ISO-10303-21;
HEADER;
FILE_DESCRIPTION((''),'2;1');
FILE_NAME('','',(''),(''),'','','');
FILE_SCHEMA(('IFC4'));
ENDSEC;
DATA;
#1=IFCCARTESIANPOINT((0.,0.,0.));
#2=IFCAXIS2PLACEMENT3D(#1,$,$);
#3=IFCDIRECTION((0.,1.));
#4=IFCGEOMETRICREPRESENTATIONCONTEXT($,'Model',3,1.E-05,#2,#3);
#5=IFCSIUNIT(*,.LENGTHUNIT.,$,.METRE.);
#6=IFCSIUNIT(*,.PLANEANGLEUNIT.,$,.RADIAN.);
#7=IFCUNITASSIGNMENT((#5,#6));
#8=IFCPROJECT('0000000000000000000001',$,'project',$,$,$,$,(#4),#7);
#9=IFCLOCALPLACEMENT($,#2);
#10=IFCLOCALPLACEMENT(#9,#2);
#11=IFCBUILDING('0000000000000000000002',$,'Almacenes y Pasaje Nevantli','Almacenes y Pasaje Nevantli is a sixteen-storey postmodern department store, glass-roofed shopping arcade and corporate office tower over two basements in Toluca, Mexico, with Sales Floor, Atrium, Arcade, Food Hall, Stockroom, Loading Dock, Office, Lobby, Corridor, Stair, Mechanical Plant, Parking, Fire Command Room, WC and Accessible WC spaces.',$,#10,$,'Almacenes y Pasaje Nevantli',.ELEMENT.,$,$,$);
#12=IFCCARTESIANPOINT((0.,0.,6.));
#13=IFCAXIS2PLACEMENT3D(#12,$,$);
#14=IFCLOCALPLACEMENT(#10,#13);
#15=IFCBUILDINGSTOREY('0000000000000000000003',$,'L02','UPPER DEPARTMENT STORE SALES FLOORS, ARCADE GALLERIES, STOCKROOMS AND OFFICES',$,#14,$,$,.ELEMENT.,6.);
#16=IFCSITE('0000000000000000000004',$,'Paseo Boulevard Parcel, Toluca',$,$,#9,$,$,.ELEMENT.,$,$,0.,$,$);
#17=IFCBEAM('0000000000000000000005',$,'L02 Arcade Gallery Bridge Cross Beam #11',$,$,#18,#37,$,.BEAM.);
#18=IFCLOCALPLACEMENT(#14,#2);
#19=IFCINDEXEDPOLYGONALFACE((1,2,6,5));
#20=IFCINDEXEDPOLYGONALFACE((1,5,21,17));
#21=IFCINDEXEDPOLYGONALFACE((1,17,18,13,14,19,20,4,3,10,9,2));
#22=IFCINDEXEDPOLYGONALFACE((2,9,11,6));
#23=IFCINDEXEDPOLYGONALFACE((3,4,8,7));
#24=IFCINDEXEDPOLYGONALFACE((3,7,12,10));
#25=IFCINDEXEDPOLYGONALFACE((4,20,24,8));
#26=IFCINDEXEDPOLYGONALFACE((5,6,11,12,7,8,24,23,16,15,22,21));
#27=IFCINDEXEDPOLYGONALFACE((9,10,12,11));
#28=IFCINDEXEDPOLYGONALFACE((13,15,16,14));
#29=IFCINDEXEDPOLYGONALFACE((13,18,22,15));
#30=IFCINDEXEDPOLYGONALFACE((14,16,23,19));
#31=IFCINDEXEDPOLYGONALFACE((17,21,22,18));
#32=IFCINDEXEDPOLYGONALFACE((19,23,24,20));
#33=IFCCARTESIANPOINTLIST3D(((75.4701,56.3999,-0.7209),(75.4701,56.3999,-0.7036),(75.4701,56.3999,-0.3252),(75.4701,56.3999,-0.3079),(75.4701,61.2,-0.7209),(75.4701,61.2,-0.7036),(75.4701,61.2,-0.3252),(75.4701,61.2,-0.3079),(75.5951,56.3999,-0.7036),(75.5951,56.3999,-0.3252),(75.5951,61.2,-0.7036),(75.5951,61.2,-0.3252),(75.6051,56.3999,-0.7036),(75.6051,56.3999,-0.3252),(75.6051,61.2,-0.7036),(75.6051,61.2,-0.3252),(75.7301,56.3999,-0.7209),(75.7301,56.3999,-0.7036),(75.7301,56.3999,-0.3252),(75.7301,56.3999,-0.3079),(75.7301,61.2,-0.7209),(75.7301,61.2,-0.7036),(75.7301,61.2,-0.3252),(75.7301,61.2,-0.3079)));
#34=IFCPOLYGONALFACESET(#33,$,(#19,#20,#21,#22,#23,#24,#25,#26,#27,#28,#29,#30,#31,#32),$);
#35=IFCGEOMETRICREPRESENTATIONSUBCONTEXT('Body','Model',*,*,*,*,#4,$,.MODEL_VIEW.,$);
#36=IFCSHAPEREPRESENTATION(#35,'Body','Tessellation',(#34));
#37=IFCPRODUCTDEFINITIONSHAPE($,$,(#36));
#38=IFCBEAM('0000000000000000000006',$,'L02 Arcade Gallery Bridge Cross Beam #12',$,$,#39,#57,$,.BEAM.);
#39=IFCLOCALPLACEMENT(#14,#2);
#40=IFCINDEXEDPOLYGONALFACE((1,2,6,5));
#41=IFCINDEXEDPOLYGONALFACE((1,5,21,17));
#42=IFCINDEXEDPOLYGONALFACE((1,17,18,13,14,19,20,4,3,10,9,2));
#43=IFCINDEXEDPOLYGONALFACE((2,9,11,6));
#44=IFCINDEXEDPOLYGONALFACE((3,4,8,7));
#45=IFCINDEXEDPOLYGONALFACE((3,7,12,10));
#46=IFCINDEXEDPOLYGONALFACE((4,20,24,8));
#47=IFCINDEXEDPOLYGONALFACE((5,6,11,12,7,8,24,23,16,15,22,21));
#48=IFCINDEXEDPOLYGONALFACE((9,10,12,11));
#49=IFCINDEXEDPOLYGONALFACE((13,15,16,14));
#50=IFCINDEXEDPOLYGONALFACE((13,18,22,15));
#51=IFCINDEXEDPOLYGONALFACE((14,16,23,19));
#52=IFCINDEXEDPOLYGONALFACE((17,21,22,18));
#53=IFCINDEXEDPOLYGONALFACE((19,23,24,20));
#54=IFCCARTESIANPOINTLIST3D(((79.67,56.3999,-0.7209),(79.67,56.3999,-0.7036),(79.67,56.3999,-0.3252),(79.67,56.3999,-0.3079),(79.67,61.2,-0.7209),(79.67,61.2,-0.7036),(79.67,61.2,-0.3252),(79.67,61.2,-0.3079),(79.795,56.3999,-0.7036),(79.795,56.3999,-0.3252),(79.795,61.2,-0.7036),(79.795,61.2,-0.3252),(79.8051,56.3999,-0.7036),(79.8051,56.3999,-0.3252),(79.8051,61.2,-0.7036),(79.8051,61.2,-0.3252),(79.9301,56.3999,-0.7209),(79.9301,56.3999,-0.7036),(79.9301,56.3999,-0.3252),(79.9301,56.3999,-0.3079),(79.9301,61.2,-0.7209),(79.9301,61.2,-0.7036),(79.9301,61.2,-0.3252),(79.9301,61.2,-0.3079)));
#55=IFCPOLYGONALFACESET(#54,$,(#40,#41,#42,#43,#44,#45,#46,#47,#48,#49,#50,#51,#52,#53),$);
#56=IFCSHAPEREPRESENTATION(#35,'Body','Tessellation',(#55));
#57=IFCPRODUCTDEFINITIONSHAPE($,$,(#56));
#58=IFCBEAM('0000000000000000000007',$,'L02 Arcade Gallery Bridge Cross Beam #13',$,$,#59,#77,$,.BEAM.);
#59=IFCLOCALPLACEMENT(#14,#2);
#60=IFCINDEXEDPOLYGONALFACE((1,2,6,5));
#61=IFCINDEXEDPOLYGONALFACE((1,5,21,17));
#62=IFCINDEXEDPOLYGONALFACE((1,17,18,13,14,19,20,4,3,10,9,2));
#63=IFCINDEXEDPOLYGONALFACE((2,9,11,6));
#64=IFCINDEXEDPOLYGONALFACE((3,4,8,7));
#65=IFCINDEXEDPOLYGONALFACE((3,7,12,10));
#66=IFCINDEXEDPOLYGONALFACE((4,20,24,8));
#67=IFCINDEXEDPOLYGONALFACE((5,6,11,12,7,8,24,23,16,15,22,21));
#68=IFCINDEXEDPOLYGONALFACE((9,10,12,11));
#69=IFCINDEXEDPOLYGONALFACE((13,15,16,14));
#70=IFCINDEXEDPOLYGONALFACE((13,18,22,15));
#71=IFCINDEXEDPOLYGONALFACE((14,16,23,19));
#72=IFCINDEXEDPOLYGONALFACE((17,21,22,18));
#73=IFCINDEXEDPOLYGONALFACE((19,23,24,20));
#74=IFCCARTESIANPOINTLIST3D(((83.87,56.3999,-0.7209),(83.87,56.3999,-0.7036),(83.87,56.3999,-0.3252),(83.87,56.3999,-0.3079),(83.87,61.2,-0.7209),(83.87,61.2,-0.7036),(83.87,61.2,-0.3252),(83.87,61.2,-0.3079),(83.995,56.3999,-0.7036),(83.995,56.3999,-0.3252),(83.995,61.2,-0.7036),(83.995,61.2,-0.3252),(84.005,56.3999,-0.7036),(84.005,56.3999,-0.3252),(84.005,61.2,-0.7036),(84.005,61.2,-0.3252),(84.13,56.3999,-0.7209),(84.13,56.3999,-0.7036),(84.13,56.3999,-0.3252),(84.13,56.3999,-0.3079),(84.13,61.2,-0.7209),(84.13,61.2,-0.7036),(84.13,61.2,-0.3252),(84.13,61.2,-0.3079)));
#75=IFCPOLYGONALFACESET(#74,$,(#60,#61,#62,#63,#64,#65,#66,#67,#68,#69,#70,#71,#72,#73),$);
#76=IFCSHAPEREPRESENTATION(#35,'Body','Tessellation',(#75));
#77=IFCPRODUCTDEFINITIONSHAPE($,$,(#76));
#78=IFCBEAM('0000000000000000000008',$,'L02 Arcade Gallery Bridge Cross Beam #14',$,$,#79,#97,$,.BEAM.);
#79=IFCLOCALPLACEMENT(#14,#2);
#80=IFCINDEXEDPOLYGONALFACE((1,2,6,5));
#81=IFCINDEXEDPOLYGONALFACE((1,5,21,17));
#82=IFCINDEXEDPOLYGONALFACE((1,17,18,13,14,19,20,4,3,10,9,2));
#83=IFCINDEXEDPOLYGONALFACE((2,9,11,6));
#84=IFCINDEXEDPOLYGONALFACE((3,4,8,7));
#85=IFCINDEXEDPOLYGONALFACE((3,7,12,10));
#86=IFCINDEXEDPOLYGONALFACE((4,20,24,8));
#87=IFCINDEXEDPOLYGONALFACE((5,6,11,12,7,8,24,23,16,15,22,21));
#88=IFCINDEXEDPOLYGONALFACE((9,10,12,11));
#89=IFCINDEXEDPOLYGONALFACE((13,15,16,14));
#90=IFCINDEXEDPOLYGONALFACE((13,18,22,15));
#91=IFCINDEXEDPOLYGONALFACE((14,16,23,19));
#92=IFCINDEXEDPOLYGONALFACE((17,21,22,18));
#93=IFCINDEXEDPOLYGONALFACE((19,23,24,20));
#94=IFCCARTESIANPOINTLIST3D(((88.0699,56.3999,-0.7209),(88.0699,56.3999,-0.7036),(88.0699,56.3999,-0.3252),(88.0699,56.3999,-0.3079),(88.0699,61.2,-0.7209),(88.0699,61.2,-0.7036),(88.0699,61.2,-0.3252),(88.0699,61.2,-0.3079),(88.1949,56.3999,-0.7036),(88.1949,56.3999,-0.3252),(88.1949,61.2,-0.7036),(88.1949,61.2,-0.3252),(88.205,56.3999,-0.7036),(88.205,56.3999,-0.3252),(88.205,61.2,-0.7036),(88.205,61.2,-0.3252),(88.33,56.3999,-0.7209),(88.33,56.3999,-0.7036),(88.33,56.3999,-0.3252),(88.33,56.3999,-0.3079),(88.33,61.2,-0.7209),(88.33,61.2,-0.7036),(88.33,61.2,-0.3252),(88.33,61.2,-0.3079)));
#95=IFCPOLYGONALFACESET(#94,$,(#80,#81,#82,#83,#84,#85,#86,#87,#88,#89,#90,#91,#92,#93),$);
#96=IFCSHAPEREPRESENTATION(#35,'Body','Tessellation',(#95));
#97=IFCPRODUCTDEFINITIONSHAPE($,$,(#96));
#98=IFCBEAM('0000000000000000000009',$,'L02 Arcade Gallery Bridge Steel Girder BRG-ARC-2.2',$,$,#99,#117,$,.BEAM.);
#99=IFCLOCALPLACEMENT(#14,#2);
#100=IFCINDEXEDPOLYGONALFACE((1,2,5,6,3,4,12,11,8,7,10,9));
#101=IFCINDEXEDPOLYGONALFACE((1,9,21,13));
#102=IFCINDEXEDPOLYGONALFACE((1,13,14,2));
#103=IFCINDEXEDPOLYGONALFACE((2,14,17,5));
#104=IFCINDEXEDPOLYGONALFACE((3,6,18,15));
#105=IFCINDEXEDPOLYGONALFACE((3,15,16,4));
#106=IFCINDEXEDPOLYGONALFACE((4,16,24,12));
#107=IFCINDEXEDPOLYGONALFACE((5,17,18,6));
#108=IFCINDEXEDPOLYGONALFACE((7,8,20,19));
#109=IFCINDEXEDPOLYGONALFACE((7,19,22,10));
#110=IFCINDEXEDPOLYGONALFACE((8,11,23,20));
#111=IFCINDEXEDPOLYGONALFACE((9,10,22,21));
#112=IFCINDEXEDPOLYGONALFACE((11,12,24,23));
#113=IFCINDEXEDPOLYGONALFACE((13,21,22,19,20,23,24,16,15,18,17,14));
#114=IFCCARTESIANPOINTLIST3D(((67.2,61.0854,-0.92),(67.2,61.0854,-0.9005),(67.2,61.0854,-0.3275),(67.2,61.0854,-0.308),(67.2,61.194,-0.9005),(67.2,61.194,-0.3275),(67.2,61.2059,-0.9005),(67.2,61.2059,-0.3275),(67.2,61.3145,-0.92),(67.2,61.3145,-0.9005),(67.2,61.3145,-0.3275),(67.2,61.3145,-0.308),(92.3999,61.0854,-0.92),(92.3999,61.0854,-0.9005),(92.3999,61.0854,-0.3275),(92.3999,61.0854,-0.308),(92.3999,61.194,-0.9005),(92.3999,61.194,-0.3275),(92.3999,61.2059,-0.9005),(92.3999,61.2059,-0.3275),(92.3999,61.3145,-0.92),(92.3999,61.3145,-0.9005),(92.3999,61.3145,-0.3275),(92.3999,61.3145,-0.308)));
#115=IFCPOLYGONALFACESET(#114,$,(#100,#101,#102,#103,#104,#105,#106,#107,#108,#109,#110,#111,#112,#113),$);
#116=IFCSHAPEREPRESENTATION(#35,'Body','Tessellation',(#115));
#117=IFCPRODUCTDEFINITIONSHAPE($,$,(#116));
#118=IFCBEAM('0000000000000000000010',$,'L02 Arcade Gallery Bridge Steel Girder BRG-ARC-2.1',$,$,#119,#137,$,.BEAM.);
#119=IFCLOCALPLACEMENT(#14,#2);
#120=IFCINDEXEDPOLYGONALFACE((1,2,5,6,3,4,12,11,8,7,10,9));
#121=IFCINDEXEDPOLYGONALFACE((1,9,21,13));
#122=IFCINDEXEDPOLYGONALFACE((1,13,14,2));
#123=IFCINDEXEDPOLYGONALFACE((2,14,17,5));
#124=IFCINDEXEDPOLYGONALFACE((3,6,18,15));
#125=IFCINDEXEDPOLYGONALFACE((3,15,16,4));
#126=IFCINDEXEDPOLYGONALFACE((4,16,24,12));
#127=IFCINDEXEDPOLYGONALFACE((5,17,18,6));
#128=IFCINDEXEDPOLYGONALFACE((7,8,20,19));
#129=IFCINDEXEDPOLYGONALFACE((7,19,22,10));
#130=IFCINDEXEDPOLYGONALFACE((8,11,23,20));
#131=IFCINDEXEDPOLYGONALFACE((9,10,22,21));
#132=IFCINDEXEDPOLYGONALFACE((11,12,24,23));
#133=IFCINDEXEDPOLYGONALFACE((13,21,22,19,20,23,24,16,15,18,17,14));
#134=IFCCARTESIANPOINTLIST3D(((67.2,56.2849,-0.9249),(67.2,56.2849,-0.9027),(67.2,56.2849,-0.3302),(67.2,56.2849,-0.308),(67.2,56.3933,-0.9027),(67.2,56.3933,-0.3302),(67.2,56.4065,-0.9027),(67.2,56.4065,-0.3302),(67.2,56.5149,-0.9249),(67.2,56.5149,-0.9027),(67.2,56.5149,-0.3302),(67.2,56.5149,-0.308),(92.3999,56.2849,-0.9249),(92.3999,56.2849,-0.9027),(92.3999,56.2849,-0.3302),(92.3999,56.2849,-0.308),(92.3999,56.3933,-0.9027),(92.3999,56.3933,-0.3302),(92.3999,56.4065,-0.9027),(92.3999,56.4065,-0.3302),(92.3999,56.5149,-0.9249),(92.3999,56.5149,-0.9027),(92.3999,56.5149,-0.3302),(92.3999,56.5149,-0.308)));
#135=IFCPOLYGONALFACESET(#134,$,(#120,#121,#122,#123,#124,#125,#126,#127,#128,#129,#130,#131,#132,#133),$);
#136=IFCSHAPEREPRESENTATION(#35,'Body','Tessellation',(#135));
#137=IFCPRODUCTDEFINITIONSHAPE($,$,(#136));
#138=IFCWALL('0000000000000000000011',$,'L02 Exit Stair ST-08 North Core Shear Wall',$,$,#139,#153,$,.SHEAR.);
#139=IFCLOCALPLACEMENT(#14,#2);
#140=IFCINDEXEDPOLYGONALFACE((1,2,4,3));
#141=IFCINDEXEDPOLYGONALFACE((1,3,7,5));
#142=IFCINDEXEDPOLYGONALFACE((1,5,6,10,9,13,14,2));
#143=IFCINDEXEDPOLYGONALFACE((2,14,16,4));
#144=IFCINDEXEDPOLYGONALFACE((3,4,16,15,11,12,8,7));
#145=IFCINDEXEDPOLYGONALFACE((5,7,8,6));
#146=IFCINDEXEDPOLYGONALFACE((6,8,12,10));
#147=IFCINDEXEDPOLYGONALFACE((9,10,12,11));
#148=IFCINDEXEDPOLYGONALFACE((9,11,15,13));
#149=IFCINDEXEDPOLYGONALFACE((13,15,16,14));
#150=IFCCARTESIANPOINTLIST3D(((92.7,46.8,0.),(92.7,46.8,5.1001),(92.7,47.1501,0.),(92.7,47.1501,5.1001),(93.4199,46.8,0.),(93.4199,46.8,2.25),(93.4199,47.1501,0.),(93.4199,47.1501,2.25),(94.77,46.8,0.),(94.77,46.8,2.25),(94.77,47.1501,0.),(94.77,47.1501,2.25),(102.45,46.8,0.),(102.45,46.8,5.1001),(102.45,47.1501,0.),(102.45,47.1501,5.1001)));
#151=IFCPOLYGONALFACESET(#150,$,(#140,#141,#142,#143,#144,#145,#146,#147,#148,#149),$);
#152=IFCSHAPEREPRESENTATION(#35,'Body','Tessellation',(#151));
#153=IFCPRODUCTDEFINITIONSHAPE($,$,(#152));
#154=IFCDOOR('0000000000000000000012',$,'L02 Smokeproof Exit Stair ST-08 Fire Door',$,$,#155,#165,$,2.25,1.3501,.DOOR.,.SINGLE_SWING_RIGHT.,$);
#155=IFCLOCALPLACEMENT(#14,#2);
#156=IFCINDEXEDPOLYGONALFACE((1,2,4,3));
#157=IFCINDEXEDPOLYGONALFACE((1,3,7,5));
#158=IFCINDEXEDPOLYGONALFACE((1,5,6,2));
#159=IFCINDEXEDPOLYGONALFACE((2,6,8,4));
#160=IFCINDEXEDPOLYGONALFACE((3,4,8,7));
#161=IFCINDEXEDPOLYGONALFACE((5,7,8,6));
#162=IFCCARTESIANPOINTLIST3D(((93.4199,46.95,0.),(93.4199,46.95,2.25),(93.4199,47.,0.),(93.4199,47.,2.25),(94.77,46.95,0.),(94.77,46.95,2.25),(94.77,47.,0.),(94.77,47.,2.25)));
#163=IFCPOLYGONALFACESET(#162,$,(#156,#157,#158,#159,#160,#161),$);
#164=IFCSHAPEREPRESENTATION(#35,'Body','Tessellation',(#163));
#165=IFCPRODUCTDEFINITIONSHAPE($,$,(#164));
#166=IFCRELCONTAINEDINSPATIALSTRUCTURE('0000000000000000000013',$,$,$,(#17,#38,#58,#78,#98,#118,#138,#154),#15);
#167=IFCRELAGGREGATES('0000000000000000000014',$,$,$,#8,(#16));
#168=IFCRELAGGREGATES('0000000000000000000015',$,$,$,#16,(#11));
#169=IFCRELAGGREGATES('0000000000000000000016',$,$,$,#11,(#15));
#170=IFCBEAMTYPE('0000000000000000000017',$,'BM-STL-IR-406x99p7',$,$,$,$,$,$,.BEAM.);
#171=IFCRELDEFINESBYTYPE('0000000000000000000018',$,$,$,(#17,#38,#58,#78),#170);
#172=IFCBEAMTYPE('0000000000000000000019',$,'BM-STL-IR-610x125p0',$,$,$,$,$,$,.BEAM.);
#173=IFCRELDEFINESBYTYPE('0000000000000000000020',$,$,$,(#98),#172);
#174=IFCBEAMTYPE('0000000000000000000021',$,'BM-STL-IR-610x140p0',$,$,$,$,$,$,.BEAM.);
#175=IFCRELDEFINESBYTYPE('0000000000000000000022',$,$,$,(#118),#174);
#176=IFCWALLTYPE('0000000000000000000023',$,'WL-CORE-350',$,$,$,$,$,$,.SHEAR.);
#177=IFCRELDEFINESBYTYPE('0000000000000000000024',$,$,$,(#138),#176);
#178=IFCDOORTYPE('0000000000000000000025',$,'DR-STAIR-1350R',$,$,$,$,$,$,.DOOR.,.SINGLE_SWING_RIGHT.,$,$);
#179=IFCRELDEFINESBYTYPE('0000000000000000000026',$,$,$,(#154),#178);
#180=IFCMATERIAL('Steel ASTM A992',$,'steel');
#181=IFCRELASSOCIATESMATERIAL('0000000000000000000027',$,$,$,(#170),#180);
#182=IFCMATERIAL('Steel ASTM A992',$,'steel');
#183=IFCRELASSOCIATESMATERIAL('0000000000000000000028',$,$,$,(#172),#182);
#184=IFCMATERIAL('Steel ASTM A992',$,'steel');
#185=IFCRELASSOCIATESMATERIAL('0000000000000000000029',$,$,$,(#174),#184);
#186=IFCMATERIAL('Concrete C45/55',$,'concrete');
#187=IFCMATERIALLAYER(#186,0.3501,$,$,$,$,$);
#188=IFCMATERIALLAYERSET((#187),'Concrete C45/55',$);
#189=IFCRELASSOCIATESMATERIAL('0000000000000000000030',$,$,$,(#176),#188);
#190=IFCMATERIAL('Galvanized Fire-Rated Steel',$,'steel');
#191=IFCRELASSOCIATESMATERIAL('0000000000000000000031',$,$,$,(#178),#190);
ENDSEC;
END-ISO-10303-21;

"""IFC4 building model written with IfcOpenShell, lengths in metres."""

from ifc_helpers import new_model, si_unit, direction, frame, frame_2d, origin, origin_2d, place, context, subcontext, project, spatial, rectangle, i_section, extrude, material, layer, layer_set, material_profile, profile_set, type_object, element, fill, save


model = new_model("IFC4")

# Units and contexts
model_context = context("Model", 3, precision=1e-05, world=origin(), true_north=direction((0.0, 1.0)))
body_context = subcontext(model_context, "Body", "Model", "MODEL_VIEW")
ifc_project = project(units=[si_unit("LENGTHUNIT", "METRE"), si_unit("PLANEANGLEUNIT", "RADIAN")], contexts=[model_context])

# Site, building, storey
site_placement = place(None, origin())
site = spatial("IfcSite", under=ifc_project, at=site_placement, Name="Paseo Boulevard Parcel, Toluca", CompositionType="ELEMENT", RefElevation=0.0)
building_placement = place(site_placement, origin())
building = spatial("IfcBuilding", under=site, at=building_placement, Name="Almacenes y Pasaje Nevantli", Description="Almacenes y Pasaje Nevantli is a sixteen-storey postmodern department store, glass-roofed shopping arcade and corporate office tower over two basements in Toluca, Mexico, with Sales Floor, Atrium, Arcade, Food Hall, Stockroom, Loading Dock, Office, Lobby, Corridor, Stair, Mechanical Plant, Parking, Fire Command Room, WC and Accessible WC spaces.", LongName="Almacenes y Pasaje Nevantli", CompositionType="ELEMENT")
storey_placement = place(building_placement, frame((0.0, 0.0, 6.0)))
storey = spatial("IfcBuildingStorey", under=building, at=storey_placement, Name="L02", Description="UPPER DEPARTMENT STORE SALES FLOORS, ARCADE GALLERIES, STOCKROOMS AND OFFICES", CompositionType="ELEMENT", Elevation=6.0)

# Beams
ifc_material_1 = material(Name="Steel ASTM A992", Category="steel")
ifc_material_profile_1 = material_profile(ifc_material_1, i_section(OverallWidth=0.26, OverallDepth=0.4131, WebThickness=0.01, FlangeThickness=0.0173, at=origin_2d()), Name="IR 406x99.7")
ifc_profile_set_1 = profile_set([ifc_material_profile_1], Name="Steel ASTM A992")
beam_type_1 = type_object("IfcBeamType", Name="BM-STL-IR-406x99p7", PredefinedType="BEAM", material=ifc_profile_set_1)
for number, where, z_axis, x_axis, name in (
    (1, (75.6001, 56.3999, -0.5144), (0.0, 1.0, 0.0), (-1.0, 0.0, 0.0), "L02 Arcade Gallery Bridge Cross Beam #11"),
    (2, (79.8, 56.3999, -0.5144), (0.0, 1.0, 0.0), (-1.0, 0.0, 0.0), "L02 Arcade Gallery Bridge Cross Beam #12"),
    (3, (84.0, 56.3999, -0.5144), (0.0, 1.0, 0.0), (-1.0, 0.0, 0.0), "L02 Arcade Gallery Bridge Cross Beam #13"),
    (4, (88.2, 56.3999, -0.5144), (0.0, 1.0, 0.0), (-1.0, 0.0, 0.0), "L02 Arcade Gallery Bridge Cross Beam #14"),
):
    element("IfcBeam", number, at=place(storey_placement, frame(where, z_axis=z_axis, x_axis=x_axis)), inside=storey, type_object=beam_type_1, Name=name, PredefinedType="BEAM", context=body_context, shape_type="SweptSolid", body=[
        extrude(i_section(OverallWidth=0.26, OverallDepth=0.4131, WebThickness=0.01, FlangeThickness=0.0173, at=origin_2d()), origin(), (0.0, 0.0, 1.0), 4.8),
    ])
ifc_material_2 = material(Name="Steel ASTM A992", Category="steel")
ifc_material_profile_2 = material_profile(ifc_material_2, i_section(OverallWidth=0.229, OverallDepth=0.6121, WebThickness=0.012, FlangeThickness=0.0195, at=origin_2d()), Name="IR 610x125.0")
ifc_profile_set_2 = profile_set([ifc_material_profile_2], Name="Steel ASTM A992")
beam_type_2 = type_object("IfcBeamType", Name="BM-STL-IR-610x125p0", PredefinedType="BEAM", material=ifc_profile_set_2)
beam_1_placement = place(storey_placement, frame((67.2, 61.2, -0.614), z_axis=(1.0, 0.0, 0.0), x_axis=(0.0, 1.0, 0.0)))
element("IfcBeam", 5, at=beam_1_placement, inside=storey, type_object=beam_type_2, Name="L02 Arcade Gallery Bridge Steel Girder BRG-ARC-2.2", PredefinedType="BEAM", context=body_context, shape_type="SweptSolid", body=[
    extrude(i_section(OverallWidth=0.229, OverallDepth=0.6121, WebThickness=0.012, FlangeThickness=0.0195, at=origin_2d()), origin(), (0.0, 0.0, 1.0), 25.2),
])
ifc_material_3 = material(Name="Steel ASTM A992", Category="steel")
ifc_material_profile_3 = material_profile(ifc_material_3, i_section(OverallWidth=0.23, OverallDepth=0.6169, WebThickness=0.0132, FlangeThickness=0.0222, at=origin_2d()), Name="IR 610x140.0")
ifc_profile_set_3 = profile_set([ifc_material_profile_3], Name="Steel ASTM A992")
beam_type_3 = type_object("IfcBeamType", Name="BM-STL-IR-610x140p0", PredefinedType="BEAM", material=ifc_profile_set_3)
beam_2_placement = place(storey_placement, frame((67.2, 56.3999, -0.6165), z_axis=(1.0, 0.0, 0.0), x_axis=(0.0, 1.0, 0.0)))
element("IfcBeam", 6, at=beam_2_placement, inside=storey, type_object=beam_type_3, Name="L02 Arcade Gallery Bridge Steel Girder BRG-ARC-2.1", PredefinedType="BEAM", context=body_context, shape_type="SweptSolid", body=[
    extrude(i_section(OverallWidth=0.23, OverallDepth=0.6169, WebThickness=0.0132, FlangeThickness=0.0222, at=origin_2d()), origin(), (0.0, 0.0, 1.0), 25.2),
])

# Wall, opening, door
ifc_material_4 = material(Name="Concrete C45/55", Category="concrete")
ifc_layer = layer(ifc_material_4, 0.3501)
ifc_layer_set = layer_set([ifc_layer], Name="Concrete C45/55")
wall_type = type_object("IfcWallType", Name="WL-CORE-350", PredefinedType="SHEAR", material=ifc_layer_set)
wall_placement = place(storey_placement, frame((92.7, 46.9751, 0.0), z_axis=(0.0, 0.0, 1.0), x_axis=(1.0, 0.0, 0.0)))
wall = element("IfcWall", 7, at=wall_placement, inside=storey, type_object=wall_type, Name="L02 Exit Stair ST-08 North Core Shear Wall", PredefinedType="SHEAR", context=body_context, shape_type="SweptSolid", body=[
    extrude(rectangle(XDim=9.75, YDim=0.3501, at=frame_2d((4.875, 0.0))), origin(), (0.0, 0.0, 1.0), 5.1001),
])
opening_placement = place(wall_placement, frame((0.72, 0.0, 0.0)))
opening = element("IfcOpeningElement", 8, at=opening_placement, cuts=wall, PredefinedType="OPENING", context=body_context, shape_type="SweptSolid", body=[
    extrude(rectangle(XDim=1.3501, YDim=2.25, at=frame_2d((0.675, 1.125))), frame((0.0, 0.1851, 0.0), z_axis=(0.0, -1.0, 0.0), x_axis=(1.0, 0.0, 0.0)), (0.0, 0.0, 1.0), 0.3701),
])
ifc_material_5 = material(Name="Galvanized Fire-Rated Steel", Category="steel")
door_type = type_object("IfcDoorType", Name="DR-STAIR-1350R", OperationType="SINGLE_SWING_RIGHT", PredefinedType="DOOR", material=ifc_material_5)
door_placement = place(opening_placement, origin())
door = element("IfcDoor", 9, at=door_placement, inside=storey, type_object=door_type, Name="L02 Smokeproof Exit Stair ST-08 Fire Door", OperationType="SINGLE_SWING_RIGHT", OverallHeight=2.25, OverallWidth=1.3501, PredefinedType="DOOR", context=body_context, shape_type="SweptSolid", body=[
    extrude(rectangle(XDim=1.3501, YDim=2.25, at=frame_2d((0.675, 1.125))), frame((0.0, 0.0249, 0.0), z_axis=(0.0, -1.0, 0.0), x_axis=(1.0, 0.0, 0.0)), (0.0, 0.0, 1.0), 0.05),
])
fill(opening, door)

save(model, "model.ifc")
